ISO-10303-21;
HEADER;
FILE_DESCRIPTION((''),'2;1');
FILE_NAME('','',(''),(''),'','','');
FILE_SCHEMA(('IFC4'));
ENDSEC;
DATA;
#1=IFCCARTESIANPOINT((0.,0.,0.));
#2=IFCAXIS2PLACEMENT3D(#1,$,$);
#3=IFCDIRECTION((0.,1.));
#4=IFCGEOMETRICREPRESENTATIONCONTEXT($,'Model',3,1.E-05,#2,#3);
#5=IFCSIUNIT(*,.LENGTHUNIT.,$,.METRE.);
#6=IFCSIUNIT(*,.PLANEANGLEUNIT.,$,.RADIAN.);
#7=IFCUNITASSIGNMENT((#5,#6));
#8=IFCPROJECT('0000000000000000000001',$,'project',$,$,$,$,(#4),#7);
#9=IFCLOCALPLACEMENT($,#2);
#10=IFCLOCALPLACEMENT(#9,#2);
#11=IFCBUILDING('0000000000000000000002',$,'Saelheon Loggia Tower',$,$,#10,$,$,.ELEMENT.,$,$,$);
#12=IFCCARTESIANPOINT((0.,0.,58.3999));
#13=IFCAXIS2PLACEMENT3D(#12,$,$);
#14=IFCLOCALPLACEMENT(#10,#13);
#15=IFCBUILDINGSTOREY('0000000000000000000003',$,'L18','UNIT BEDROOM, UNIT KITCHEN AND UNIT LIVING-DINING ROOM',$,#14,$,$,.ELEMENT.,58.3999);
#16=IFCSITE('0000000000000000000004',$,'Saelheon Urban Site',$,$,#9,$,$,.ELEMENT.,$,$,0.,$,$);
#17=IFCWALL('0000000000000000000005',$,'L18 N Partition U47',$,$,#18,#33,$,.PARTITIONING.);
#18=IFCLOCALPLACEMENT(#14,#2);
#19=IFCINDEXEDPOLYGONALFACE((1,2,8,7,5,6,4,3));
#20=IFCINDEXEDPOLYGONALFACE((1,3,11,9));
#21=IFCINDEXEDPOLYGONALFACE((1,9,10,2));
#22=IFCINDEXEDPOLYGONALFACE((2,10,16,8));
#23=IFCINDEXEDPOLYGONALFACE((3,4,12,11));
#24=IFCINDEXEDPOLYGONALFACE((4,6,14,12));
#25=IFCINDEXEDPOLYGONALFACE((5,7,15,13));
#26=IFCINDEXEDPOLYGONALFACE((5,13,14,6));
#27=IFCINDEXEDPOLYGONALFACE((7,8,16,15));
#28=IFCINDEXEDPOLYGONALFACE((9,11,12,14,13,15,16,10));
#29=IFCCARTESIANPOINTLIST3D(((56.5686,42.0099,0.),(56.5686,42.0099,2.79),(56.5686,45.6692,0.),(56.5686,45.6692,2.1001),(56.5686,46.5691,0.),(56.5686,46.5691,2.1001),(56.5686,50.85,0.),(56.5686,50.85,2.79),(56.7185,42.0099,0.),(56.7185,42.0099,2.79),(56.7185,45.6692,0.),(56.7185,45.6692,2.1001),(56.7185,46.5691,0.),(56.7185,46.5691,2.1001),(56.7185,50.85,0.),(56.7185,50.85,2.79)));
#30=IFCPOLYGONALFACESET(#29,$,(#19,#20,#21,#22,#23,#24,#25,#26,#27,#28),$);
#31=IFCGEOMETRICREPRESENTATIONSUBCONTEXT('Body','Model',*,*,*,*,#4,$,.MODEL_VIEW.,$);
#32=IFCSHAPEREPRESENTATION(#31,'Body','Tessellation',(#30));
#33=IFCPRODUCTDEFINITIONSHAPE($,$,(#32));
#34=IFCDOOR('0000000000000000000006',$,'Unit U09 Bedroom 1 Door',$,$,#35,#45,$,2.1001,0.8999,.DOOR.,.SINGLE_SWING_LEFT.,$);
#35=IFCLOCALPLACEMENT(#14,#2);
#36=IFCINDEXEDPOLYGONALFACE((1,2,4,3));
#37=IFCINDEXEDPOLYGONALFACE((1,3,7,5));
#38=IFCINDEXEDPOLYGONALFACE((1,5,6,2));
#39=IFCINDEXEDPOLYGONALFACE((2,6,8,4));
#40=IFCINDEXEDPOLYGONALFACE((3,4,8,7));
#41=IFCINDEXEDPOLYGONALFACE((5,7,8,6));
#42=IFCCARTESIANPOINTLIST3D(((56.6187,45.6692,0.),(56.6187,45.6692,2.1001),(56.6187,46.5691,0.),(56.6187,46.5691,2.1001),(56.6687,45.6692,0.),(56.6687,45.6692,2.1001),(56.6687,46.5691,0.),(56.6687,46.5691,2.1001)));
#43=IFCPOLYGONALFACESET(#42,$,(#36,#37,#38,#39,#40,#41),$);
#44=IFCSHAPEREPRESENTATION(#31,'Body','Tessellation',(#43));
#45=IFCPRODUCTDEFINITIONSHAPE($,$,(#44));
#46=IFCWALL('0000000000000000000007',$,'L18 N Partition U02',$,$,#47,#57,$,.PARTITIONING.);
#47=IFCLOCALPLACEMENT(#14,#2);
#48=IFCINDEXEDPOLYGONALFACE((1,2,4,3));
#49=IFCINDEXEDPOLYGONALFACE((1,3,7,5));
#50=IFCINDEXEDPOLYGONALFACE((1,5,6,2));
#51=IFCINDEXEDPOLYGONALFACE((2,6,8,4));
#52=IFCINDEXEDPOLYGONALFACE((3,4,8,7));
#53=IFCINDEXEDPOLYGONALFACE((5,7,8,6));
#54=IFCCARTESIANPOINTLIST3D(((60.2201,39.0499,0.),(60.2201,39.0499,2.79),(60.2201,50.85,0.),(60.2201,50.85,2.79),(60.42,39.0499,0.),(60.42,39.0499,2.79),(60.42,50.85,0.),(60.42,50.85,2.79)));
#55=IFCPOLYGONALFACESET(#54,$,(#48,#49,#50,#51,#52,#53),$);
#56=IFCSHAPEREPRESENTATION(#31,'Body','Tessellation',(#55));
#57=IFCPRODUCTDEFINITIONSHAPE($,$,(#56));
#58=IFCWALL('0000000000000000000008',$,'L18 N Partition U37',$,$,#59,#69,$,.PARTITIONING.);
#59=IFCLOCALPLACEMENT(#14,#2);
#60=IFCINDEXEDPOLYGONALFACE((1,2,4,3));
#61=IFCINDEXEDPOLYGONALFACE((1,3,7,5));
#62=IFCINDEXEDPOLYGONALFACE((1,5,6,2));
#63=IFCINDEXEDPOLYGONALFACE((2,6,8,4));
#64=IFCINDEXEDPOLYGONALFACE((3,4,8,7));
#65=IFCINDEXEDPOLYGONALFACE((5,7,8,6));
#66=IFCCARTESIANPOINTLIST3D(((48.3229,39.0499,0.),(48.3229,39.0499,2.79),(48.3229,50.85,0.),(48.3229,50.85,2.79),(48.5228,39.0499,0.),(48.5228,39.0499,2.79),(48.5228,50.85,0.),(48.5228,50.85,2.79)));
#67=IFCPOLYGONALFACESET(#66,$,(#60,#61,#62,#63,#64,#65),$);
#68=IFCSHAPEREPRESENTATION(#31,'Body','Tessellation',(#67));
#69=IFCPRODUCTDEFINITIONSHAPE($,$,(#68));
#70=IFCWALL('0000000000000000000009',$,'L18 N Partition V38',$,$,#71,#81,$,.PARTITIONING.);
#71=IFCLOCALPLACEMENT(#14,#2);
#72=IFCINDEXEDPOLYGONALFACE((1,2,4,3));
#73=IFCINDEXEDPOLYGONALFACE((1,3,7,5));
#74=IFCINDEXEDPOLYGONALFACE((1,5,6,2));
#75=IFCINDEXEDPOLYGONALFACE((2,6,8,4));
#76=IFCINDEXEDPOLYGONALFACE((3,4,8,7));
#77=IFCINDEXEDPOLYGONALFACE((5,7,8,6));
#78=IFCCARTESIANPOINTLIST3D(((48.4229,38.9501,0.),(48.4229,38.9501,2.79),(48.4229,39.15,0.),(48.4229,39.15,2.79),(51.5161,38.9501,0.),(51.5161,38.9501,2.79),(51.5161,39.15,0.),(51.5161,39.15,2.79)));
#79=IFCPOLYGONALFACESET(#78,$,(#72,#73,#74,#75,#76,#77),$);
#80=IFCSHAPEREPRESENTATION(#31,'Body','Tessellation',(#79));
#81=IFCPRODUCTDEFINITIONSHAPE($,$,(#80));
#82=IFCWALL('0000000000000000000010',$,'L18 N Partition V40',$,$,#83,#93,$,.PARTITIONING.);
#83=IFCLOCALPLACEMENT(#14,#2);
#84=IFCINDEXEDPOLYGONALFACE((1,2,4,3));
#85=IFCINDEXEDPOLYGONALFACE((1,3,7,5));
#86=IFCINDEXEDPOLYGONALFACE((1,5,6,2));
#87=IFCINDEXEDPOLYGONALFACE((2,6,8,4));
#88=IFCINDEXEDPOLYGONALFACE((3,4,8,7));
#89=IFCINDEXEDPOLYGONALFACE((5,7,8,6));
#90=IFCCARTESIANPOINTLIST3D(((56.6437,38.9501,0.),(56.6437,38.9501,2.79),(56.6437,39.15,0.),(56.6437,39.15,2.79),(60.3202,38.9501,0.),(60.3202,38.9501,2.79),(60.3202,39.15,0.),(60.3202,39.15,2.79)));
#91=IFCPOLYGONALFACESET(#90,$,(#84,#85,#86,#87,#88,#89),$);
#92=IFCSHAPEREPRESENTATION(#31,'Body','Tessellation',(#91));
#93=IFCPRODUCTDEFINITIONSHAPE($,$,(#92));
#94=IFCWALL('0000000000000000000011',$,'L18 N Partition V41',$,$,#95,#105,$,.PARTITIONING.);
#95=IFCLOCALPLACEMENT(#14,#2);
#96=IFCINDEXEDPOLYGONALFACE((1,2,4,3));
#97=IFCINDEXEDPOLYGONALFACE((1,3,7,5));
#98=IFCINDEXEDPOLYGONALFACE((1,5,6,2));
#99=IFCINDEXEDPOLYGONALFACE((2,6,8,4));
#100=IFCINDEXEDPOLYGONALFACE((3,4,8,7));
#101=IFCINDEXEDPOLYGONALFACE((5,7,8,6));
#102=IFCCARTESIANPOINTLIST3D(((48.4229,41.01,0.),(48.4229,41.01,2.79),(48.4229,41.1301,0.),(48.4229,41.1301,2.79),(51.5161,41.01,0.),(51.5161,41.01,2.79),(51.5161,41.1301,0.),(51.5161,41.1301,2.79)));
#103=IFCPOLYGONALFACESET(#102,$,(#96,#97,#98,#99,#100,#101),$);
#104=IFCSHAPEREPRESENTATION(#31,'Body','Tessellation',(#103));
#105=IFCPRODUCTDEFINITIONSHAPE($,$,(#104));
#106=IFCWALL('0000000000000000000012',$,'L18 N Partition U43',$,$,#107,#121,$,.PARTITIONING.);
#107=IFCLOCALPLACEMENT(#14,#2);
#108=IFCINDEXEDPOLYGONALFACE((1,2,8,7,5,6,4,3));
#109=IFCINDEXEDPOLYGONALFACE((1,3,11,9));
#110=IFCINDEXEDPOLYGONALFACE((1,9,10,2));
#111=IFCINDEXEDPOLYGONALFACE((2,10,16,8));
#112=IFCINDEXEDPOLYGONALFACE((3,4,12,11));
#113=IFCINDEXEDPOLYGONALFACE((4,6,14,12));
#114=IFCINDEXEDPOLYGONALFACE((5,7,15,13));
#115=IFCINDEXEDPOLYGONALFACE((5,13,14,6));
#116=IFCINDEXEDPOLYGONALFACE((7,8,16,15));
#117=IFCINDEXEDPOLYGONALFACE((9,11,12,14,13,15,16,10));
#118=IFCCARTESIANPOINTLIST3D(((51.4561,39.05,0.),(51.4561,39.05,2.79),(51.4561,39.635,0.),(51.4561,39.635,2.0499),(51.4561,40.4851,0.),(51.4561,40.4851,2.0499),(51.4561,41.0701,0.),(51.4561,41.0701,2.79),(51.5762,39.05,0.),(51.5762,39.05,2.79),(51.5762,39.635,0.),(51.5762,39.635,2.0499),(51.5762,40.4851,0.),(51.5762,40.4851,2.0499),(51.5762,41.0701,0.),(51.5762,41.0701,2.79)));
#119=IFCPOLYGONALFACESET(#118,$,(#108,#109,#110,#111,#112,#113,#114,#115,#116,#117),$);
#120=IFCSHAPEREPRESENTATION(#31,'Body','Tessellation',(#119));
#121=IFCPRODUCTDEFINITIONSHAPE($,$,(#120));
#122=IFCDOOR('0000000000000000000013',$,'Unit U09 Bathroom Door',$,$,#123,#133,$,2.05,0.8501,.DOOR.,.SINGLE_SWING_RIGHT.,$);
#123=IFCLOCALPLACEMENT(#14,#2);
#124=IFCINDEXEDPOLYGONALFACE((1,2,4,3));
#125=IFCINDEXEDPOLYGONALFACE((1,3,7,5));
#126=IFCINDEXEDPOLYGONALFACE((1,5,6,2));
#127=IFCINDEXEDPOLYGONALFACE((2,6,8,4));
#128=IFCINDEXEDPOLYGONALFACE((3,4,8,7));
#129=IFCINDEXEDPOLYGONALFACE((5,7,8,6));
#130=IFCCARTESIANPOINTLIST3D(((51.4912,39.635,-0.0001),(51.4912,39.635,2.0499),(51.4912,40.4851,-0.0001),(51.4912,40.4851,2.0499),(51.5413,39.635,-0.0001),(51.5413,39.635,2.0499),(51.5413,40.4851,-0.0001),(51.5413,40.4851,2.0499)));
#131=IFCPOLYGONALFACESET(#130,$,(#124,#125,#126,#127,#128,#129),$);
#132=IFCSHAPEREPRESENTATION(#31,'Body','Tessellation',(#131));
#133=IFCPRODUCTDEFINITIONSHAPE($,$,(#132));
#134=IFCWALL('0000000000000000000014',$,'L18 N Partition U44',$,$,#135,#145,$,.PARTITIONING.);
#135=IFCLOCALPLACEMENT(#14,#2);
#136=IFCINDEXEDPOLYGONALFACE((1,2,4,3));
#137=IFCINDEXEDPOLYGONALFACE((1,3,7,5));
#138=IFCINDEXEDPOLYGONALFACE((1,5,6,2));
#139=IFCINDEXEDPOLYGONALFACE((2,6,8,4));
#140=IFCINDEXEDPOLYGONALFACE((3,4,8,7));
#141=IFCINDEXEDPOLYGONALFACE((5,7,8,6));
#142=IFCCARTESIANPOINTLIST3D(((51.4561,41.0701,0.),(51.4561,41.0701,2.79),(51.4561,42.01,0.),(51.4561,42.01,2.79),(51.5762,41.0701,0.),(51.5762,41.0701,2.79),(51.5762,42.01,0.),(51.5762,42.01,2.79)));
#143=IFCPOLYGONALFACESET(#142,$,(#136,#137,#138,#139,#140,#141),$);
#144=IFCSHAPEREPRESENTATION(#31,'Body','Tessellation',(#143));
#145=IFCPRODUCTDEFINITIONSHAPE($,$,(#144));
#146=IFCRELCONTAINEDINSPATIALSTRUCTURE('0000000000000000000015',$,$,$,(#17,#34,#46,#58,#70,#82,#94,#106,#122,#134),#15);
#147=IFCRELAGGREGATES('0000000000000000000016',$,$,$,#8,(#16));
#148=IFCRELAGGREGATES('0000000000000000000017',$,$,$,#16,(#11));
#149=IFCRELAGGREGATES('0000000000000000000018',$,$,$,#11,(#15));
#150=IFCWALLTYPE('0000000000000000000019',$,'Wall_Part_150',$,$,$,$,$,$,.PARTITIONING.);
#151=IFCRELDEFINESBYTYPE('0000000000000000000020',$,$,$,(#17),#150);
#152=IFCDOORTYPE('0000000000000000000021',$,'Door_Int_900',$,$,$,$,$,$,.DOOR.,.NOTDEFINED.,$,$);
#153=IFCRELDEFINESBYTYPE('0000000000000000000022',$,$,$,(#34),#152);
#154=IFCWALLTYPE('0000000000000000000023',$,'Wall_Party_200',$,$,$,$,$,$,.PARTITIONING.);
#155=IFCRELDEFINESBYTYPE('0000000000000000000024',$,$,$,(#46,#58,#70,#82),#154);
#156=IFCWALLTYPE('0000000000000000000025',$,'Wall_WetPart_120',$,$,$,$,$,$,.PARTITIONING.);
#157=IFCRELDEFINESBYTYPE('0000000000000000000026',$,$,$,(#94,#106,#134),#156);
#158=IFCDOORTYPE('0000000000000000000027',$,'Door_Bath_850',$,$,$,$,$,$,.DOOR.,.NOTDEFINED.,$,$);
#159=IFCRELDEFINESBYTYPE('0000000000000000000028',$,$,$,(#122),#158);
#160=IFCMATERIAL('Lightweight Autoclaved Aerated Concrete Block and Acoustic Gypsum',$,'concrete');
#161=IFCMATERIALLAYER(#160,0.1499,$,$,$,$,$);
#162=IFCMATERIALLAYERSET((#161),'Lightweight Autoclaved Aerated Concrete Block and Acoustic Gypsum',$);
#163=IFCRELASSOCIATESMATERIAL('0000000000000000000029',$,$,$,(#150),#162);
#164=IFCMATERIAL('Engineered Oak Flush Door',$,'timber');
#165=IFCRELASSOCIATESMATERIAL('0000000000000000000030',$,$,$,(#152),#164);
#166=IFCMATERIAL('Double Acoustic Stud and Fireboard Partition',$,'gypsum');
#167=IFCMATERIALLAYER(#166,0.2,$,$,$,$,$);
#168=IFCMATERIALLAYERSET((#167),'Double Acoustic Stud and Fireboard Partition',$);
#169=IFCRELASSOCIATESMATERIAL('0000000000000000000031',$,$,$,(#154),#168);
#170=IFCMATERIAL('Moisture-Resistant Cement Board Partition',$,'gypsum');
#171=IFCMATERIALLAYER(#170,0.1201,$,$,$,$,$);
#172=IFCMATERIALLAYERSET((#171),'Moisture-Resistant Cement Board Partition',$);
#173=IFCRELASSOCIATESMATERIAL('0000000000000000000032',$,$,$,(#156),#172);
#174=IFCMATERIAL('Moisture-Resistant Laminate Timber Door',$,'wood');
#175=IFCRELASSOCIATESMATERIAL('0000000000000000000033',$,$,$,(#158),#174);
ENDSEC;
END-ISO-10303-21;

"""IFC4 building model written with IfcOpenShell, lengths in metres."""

from ifc_helpers import new_model, si_unit, direction, frame, frame_2d, origin, place, context, subcontext, project, spatial, rectangle, extrude, source, transform, mapped, material, layer, layer_set, type_object, element, fill, save


model = new_model("IFC4")

# Units and contexts
model_context = context("Model", 3, precision=1e-05, world=origin(), true_north=direction((0.0, 1.0)))
body_context = subcontext(model_context, "Body", "Model", "MODEL_VIEW")
ifc_project = project(units=[si_unit("LENGTHUNIT", "METRE"), si_unit("PLANEANGLEUNIT", "RADIAN")], contexts=[model_context])

# Site, building, storey
site_placement = place(None, origin())
site = spatial("IfcSite", under=ifc_project, at=site_placement, Name="Saelheon Urban Site", CompositionType="ELEMENT", RefElevation=0.0)
building_placement = place(site_placement, origin())
building = spatial("IfcBuilding", under=site, at=building_placement, Name="Saelheon Loggia Tower", CompositionType="ELEMENT")
storey_placement = place(building_placement, frame((0.0, 0.0, 58.3999)))
storey = spatial("IfcBuildingStorey", under=building, at=storey_placement, Name="L18", Description="UNIT BEDROOM, UNIT KITCHEN AND UNIT LIVING-DINING ROOM", CompositionType="ELEMENT", Elevation=58.3999)

# Shared definitions
ifc_material_1 = material(Name="Lightweight Autoclaved Aerated Concrete Block and Acoustic Gypsum", Category="concrete")
ifc_layer_1 = layer(ifc_material_1, 0.1499)
ifc_layer_set_1 = layer_set([ifc_layer_1], Name="Lightweight Autoclaved Aerated Concrete Block and Acoustic Gypsum")
wall_type_1 = type_object("IfcWallType", Name="Wall_Part_150", PredefinedType="PARTITIONING", material=ifc_layer_set_1)

# Wall, opening, door
ifc_material_2 = material(Name="Engineered Oak Flush Door", Category="timber")
door_type_1 = type_object("IfcDoorType", Name="Door_Int_900", OperationType="NOTDEFINED", PredefinedType="DOOR", material=ifc_material_2)
shared_shape_1 = source(origin(), body_context, "Body", "SweptSolid", [
    extrude(rectangle(XDim=0.8999, YDim=2.1001, at=frame_2d((0.45, 1.05))), frame((0.0, 0.0249, 0.0), z_axis=(0.0, -1.0, 0.0), x_axis=(1.0, 0.0, 0.0)), (0.0, 0.0, 1.0), 0.05),
])
wall_1_placement = place(storey_placement, frame((56.6436, 42.01, 0.0), z_axis=(0.0, 0.0, 1.0), x_axis=(0.0, 1.0, 0.0)))
wall_1 = element("IfcWall", 1, at=wall_1_placement, inside=storey, type_object=wall_type_1, Name="L18 N Partition U47", PredefinedType="PARTITIONING", context=body_context, shape_type="SweptSolid", body=[
    extrude(rectangle(XDim=8.8401, YDim=0.1499, at=frame_2d((4.4199, 0.0))), origin(), (0.0, 0.0, 1.0), 2.79),
])
opening_1_placement = place(wall_1_placement, frame((3.6592, 0.0, 0.0)))
opening_1 = element("IfcOpeningElement", 2, at=opening_1_placement, cuts=wall_1, PredefinedType="OPENING", context=body_context, shape_type="SweptSolid", body=[
    extrude(rectangle(XDim=0.8999, YDim=2.1001, at=frame_2d((0.45, 1.05))), frame((0.0, 0.0869, 0.0), z_axis=(0.0, -1.0, 0.0), x_axis=(1.0, 0.0, 0.0)), (0.0, 0.0, 1.0), 0.1738),
])
door_1_placement = place(opening_1_placement, origin())
door_1 = element("IfcDoor", 3, at=door_1_placement, inside=storey, type_object=door_type_1, Name="Unit U09 Bedroom 1 Door", OperationType="SINGLE_SWING_LEFT", OverallHeight=2.1001, OverallWidth=0.8999, PredefinedType="DOOR", context=body_context, shape_type="MappedRepresentation", body=[
    mapped(shared_shape_1, transform((0.0, 0.0, 0.0), scale=1.0)),
])
fill(opening_1, door_1)

# Walls
ifc_material_3 = material(Name="Double Acoustic Stud and Fireboard Partition", Category="gypsum")
ifc_layer_2 = layer(ifc_material_3, 0.2)
ifc_layer_set_2 = layer_set([ifc_layer_2], Name="Double Acoustic Stud and Fireboard Partition")
wall_type_2 = type_object("IfcWallType", Name="Wall_Party_200", PredefinedType="PARTITIONING", material=ifc_layer_set_2)
for number, where, z_axis, x_axis, name in (
    (4, (60.3201, 39.05, 0.0), (0.0, 0.0, 1.0), (0.0, 1.0, 0.0), "L18 N Partition U02"),
    (5, (48.4229, 39.05, 0.0), (0.0, 0.0, 1.0), (0.0, 1.0, 0.0), "L18 N Partition U37"),
):
    element("IfcWall", number, at=place(storey_placement, frame(where, z_axis=z_axis, x_axis=x_axis)), inside=storey, type_object=wall_type_2, Name=name, PredefinedType="PARTITIONING", context=body_context, shape_type="SweptSolid", body=[
        extrude(rectangle(XDim=11.8, YDim=0.2, at=frame_2d((5.8999, 0.0))), origin(), (0.0, 0.0, 1.0), 2.79),
    ])
wall_2_placement = place(storey_placement, frame((48.4229, 39.05, 0.0), z_axis=(0.0, 0.0, 1.0), x_axis=(1.0, 0.0, 0.0)))
element("IfcWall", 6, at=wall_2_placement, inside=storey, type_object=wall_type_2, Name="L18 N Partition V38", PredefinedType="PARTITIONING", context=body_context, shape_type="SweptSolid", body=[
    extrude(rectangle(XDim=3.0933, YDim=0.2, at=frame_2d((1.5466, 0.0))), origin(), (0.0, 0.0, 1.0), 2.79),
])

# Walls
wall_3_placement = place(storey_placement, frame((56.6436, 39.05, 0.0), z_axis=(0.0, 0.0, 1.0), x_axis=(1.0, 0.0, 0.0)))
element("IfcWall", 7, at=wall_3_placement, inside=storey, type_object=wall_type_2, Name="L18 N Partition V40", PredefinedType="PARTITIONING", context=body_context, shape_type="SweptSolid", body=[
    extrude(rectangle(XDim=3.6765, YDim=0.2, at=frame_2d((1.8384, 0.0))), origin(), (0.0, 0.0, 1.0), 2.79),
])
ifc_material_4 = material(Name="Moisture-Resistant Cement Board Partition", Category="gypsum")
ifc_layer_3 = layer(ifc_material_4, 0.1201)
ifc_layer_set_3 = layer_set([ifc_layer_3], Name="Moisture-Resistant Cement Board Partition")
wall_type_3 = type_object("IfcWallType", Name="Wall_WetPart_120", PredefinedType="PARTITIONING", material=ifc_layer_set_3)
wall_4_placement = place(storey_placement, frame((48.4229, 41.0701, 0.0), z_axis=(0.0, 0.0, 1.0), x_axis=(1.0, 0.0, 0.0)))
element("IfcWall", 8, at=wall_4_placement, inside=storey, type_object=wall_type_3, Name="L18 N Partition V41", PredefinedType="PARTITIONING", context=body_context, shape_type="SweptSolid", body=[
    extrude(rectangle(XDim=3.0933, YDim=0.1201, at=frame_2d((1.5466, 0.0))), origin(), (0.0, 0.0, 1.0), 2.79),
])

# Wall, opening, door
wall_5_placement = place(storey_placement, frame((51.5161, 39.05, 0.0), z_axis=(0.0, 0.0, 1.0), x_axis=(0.0, 1.0, 0.0)))
wall_5 = element("IfcWall", 9, at=wall_5_placement, inside=storey, type_object=wall_type_3, Name="L18 N Partition U43", PredefinedType="PARTITIONING", context=body_context, shape_type="SweptSolid", body=[
    extrude(rectangle(XDim=2.02, YDim=0.1201, at=frame_2d((1.01, 0.0))), origin(), (0.0, 0.0, 1.0), 2.79),
])
opening_2_placement = place(wall_5_placement, frame((0.585, 0.0, 0.0)))
opening_2 = element("IfcOpeningElement", 10, at=opening_2_placement, cuts=wall_5, PredefinedType="OPENING", context=body_context, shape_type="SweptSolid", body=[
    extrude(rectangle(XDim=0.8501, YDim=2.05, at=frame_2d((0.425, 1.0249))), frame((0.0, 0.072, 0.0), z_axis=(0.0, -1.0, 0.0), x_axis=(1.0, 0.0, 0.0)), (0.0, 0.0, 1.0), 0.144),
])
ifc_material_5 = material(Name="Moisture-Resistant Laminate Timber Door", Category="wood")
door_type_2 = type_object("IfcDoorType", Name="Door_Bath_850", OperationType="NOTDEFINED", PredefinedType="DOOR", material=ifc_material_5)
shared_shape_2 = source(origin(), body_context, "Body", "SweptSolid", [
    extrude(rectangle(XDim=0.8501, YDim=2.05, at=frame_2d((0.425, 1.0249))), frame((0.0, 0.0249, 0.0), z_axis=(0.0, -1.0, 0.0), x_axis=(1.0, 0.0, 0.0)), (0.0, 0.0, 1.0), 0.05),
])
door_2_placement = place(opening_2_placement, origin())
door_2 = element("IfcDoor", 11, at=door_2_placement, inside=storey, type_object=door_type_2, Name="Unit U09 Bathroom Door", OperationType="SINGLE_SWING_RIGHT", OverallHeight=2.05, OverallWidth=0.8501, PredefinedType="DOOR", context=body_context, shape_type="MappedRepresentation", body=[
    mapped(shared_shape_2, transform((0.0, 0.0, 0.0), scale=1.0)),
])
fill(opening_2, door_2)

# Wall
wall_6_placement = place(storey_placement, frame((51.5161, 41.0701, 0.0), z_axis=(0.0, 0.0, 1.0), x_axis=(0.0, 1.0, 0.0)))
element("IfcWall", 12, at=wall_6_placement, inside=storey, type_object=wall_type_3, Name="L18 N Partition U44", PredefinedType="PARTITIONING", context=body_context, shape_type="SweptSolid", body=[
    extrude(rectangle(XDim=0.9399, YDim=0.1201, at=frame_2d((0.47, 0.0))), origin(), (0.0, 0.0, 1.0), 2.79),
])

save(model, "model.ifc")
